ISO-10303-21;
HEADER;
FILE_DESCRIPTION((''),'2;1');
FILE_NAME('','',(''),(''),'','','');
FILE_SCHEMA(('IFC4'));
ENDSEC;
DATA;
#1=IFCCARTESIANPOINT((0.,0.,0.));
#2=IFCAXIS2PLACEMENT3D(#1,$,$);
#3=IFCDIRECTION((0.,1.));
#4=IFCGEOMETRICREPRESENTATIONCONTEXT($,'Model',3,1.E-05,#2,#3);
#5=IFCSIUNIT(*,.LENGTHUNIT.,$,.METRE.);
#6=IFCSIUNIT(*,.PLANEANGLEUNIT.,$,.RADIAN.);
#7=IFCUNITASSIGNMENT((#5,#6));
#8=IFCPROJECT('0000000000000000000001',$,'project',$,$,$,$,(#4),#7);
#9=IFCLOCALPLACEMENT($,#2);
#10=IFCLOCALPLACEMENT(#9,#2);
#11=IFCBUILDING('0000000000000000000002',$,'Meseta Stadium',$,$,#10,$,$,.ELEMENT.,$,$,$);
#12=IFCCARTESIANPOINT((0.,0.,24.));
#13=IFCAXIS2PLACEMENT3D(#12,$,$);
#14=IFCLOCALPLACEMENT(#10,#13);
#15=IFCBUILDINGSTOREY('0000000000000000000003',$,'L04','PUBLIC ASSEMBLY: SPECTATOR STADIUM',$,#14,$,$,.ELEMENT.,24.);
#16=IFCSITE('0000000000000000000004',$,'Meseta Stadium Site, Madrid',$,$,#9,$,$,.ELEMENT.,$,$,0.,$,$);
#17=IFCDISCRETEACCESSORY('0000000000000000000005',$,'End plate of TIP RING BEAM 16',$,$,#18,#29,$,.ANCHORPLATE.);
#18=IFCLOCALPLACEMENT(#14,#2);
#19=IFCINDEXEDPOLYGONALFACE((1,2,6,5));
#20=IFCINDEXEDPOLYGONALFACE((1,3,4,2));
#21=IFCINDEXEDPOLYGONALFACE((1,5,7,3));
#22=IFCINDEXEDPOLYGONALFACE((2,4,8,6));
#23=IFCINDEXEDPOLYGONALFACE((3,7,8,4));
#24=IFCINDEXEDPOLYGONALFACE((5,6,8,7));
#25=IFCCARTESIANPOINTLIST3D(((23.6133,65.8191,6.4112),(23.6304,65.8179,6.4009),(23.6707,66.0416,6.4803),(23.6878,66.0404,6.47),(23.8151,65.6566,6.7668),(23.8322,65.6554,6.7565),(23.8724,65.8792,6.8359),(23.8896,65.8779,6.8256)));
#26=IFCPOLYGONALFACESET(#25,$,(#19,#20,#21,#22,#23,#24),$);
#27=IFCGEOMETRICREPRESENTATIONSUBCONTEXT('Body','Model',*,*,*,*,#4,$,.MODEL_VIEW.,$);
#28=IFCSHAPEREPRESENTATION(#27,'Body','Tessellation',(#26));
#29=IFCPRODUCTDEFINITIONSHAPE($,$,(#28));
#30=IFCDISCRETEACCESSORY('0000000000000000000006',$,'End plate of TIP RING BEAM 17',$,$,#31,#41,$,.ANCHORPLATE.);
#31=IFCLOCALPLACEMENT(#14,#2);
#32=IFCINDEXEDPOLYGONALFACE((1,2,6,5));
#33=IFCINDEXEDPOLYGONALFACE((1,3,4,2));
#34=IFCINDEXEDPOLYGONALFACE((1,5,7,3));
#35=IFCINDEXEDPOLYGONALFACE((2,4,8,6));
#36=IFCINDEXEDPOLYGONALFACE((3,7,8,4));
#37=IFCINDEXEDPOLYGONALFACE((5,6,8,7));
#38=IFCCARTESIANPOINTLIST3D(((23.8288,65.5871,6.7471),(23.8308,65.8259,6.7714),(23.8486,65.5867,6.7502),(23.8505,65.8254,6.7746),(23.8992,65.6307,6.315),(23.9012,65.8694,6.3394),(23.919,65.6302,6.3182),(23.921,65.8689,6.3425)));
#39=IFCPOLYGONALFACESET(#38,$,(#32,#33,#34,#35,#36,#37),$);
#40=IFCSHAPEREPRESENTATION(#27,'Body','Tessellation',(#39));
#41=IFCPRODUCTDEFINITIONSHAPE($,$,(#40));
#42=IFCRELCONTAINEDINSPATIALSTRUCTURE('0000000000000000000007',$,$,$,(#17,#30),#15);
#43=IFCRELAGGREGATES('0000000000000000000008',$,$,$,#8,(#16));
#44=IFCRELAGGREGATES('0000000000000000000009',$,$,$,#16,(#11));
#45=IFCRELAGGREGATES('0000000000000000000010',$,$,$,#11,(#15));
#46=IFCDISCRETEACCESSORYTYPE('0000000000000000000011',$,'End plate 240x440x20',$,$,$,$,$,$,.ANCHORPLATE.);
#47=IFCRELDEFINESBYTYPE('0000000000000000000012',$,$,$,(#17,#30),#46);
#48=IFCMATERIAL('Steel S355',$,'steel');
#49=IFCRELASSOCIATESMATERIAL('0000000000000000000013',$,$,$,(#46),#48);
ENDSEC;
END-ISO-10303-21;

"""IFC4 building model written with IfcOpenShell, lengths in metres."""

from ifc_helpers import new_model, si_unit, direction, frame, origin, origin_2d, place, context, subcontext, project, spatial, rectangle, extrude, material, material_profile, profile_set, type_object, element, save


model = new_model("IFC4")

# Units and contexts
model_context = context("Model", 3, precision=1e-05, world=origin(), true_north=direction((0.0, 1.0)))
body_context = subcontext(model_context, "Body", "Model", "MODEL_VIEW")
ifc_project = project(units=[si_unit("LENGTHUNIT", "METRE"), si_unit("PLANEANGLEUNIT", "RADIAN")], contexts=[model_context])

# Site, building, storey
site_placement = place(None, origin())
site = spatial("IfcSite", under=ifc_project, at=site_placement, Name="Meseta Stadium Site, Madrid", CompositionType="ELEMENT", RefElevation=0.0)
building_placement = place(site_placement, origin())
building = spatial("IfcBuilding", under=site, at=building_placement, Name="Meseta Stadium", CompositionType="ELEMENT")
storey_placement = place(building_placement, frame((0.0, 0.0, 24.0)))
storey = spatial("IfcBuildingStorey", under=building, at=storey_placement, Name="L04", Description="PUBLIC ASSEMBLY: SPECTATOR STADIUM", CompositionType="ELEMENT", Elevation=24.0)

# Discrete accessories
ifc_material_1 = material(Name="Steel S355", Category="steel")
ifc_material_profile_1 = material_profile(ifc_material_1, rectangle(XDim=0.24, YDim=0.4399, at=origin_2d()), Name="PL 240x440")
ifc_profile_set_1 = profile_set([ifc_material_profile_1], Name="Steel S355")
discrete_accessory_type_1 = type_object("IfcDiscreteAccessoryType", Name="End plate 240x440x20", PredefinedType="ANCHORPLATE", material=ifc_profile_set_1)
for number, where, z_axis, x_axis, name in (
    (1, (23.76, 65.8479, 6.6133), (-0.855889, 0.061135, 0.513533), (-0.23905, -0.927307, -0.288023), "End plate of TIP RING BEAM 16"),
    (2, (23.8848, 65.7278, 6.5464), (-0.987071, 0.024372, -0.158419), (-0.008272, -0.994801, -0.101506), "End plate of TIP RING BEAM 17"),
):
    element("IfcDiscreteAccessory", number, at=place(storey_placement, frame(where, z_axis=z_axis, x_axis=x_axis)), inside=storey, type_object=discrete_accessory_type_1, Name=name, PredefinedType="ANCHORPLATE", context=body_context, shape_type="SweptSolid", body=[
        extrude(rectangle(XDim=0.24, YDim=0.4399, at=origin_2d()), origin(), (0.0, 0.0, 1.0), 0.02),
    ])

save(model, "model.ifc")
